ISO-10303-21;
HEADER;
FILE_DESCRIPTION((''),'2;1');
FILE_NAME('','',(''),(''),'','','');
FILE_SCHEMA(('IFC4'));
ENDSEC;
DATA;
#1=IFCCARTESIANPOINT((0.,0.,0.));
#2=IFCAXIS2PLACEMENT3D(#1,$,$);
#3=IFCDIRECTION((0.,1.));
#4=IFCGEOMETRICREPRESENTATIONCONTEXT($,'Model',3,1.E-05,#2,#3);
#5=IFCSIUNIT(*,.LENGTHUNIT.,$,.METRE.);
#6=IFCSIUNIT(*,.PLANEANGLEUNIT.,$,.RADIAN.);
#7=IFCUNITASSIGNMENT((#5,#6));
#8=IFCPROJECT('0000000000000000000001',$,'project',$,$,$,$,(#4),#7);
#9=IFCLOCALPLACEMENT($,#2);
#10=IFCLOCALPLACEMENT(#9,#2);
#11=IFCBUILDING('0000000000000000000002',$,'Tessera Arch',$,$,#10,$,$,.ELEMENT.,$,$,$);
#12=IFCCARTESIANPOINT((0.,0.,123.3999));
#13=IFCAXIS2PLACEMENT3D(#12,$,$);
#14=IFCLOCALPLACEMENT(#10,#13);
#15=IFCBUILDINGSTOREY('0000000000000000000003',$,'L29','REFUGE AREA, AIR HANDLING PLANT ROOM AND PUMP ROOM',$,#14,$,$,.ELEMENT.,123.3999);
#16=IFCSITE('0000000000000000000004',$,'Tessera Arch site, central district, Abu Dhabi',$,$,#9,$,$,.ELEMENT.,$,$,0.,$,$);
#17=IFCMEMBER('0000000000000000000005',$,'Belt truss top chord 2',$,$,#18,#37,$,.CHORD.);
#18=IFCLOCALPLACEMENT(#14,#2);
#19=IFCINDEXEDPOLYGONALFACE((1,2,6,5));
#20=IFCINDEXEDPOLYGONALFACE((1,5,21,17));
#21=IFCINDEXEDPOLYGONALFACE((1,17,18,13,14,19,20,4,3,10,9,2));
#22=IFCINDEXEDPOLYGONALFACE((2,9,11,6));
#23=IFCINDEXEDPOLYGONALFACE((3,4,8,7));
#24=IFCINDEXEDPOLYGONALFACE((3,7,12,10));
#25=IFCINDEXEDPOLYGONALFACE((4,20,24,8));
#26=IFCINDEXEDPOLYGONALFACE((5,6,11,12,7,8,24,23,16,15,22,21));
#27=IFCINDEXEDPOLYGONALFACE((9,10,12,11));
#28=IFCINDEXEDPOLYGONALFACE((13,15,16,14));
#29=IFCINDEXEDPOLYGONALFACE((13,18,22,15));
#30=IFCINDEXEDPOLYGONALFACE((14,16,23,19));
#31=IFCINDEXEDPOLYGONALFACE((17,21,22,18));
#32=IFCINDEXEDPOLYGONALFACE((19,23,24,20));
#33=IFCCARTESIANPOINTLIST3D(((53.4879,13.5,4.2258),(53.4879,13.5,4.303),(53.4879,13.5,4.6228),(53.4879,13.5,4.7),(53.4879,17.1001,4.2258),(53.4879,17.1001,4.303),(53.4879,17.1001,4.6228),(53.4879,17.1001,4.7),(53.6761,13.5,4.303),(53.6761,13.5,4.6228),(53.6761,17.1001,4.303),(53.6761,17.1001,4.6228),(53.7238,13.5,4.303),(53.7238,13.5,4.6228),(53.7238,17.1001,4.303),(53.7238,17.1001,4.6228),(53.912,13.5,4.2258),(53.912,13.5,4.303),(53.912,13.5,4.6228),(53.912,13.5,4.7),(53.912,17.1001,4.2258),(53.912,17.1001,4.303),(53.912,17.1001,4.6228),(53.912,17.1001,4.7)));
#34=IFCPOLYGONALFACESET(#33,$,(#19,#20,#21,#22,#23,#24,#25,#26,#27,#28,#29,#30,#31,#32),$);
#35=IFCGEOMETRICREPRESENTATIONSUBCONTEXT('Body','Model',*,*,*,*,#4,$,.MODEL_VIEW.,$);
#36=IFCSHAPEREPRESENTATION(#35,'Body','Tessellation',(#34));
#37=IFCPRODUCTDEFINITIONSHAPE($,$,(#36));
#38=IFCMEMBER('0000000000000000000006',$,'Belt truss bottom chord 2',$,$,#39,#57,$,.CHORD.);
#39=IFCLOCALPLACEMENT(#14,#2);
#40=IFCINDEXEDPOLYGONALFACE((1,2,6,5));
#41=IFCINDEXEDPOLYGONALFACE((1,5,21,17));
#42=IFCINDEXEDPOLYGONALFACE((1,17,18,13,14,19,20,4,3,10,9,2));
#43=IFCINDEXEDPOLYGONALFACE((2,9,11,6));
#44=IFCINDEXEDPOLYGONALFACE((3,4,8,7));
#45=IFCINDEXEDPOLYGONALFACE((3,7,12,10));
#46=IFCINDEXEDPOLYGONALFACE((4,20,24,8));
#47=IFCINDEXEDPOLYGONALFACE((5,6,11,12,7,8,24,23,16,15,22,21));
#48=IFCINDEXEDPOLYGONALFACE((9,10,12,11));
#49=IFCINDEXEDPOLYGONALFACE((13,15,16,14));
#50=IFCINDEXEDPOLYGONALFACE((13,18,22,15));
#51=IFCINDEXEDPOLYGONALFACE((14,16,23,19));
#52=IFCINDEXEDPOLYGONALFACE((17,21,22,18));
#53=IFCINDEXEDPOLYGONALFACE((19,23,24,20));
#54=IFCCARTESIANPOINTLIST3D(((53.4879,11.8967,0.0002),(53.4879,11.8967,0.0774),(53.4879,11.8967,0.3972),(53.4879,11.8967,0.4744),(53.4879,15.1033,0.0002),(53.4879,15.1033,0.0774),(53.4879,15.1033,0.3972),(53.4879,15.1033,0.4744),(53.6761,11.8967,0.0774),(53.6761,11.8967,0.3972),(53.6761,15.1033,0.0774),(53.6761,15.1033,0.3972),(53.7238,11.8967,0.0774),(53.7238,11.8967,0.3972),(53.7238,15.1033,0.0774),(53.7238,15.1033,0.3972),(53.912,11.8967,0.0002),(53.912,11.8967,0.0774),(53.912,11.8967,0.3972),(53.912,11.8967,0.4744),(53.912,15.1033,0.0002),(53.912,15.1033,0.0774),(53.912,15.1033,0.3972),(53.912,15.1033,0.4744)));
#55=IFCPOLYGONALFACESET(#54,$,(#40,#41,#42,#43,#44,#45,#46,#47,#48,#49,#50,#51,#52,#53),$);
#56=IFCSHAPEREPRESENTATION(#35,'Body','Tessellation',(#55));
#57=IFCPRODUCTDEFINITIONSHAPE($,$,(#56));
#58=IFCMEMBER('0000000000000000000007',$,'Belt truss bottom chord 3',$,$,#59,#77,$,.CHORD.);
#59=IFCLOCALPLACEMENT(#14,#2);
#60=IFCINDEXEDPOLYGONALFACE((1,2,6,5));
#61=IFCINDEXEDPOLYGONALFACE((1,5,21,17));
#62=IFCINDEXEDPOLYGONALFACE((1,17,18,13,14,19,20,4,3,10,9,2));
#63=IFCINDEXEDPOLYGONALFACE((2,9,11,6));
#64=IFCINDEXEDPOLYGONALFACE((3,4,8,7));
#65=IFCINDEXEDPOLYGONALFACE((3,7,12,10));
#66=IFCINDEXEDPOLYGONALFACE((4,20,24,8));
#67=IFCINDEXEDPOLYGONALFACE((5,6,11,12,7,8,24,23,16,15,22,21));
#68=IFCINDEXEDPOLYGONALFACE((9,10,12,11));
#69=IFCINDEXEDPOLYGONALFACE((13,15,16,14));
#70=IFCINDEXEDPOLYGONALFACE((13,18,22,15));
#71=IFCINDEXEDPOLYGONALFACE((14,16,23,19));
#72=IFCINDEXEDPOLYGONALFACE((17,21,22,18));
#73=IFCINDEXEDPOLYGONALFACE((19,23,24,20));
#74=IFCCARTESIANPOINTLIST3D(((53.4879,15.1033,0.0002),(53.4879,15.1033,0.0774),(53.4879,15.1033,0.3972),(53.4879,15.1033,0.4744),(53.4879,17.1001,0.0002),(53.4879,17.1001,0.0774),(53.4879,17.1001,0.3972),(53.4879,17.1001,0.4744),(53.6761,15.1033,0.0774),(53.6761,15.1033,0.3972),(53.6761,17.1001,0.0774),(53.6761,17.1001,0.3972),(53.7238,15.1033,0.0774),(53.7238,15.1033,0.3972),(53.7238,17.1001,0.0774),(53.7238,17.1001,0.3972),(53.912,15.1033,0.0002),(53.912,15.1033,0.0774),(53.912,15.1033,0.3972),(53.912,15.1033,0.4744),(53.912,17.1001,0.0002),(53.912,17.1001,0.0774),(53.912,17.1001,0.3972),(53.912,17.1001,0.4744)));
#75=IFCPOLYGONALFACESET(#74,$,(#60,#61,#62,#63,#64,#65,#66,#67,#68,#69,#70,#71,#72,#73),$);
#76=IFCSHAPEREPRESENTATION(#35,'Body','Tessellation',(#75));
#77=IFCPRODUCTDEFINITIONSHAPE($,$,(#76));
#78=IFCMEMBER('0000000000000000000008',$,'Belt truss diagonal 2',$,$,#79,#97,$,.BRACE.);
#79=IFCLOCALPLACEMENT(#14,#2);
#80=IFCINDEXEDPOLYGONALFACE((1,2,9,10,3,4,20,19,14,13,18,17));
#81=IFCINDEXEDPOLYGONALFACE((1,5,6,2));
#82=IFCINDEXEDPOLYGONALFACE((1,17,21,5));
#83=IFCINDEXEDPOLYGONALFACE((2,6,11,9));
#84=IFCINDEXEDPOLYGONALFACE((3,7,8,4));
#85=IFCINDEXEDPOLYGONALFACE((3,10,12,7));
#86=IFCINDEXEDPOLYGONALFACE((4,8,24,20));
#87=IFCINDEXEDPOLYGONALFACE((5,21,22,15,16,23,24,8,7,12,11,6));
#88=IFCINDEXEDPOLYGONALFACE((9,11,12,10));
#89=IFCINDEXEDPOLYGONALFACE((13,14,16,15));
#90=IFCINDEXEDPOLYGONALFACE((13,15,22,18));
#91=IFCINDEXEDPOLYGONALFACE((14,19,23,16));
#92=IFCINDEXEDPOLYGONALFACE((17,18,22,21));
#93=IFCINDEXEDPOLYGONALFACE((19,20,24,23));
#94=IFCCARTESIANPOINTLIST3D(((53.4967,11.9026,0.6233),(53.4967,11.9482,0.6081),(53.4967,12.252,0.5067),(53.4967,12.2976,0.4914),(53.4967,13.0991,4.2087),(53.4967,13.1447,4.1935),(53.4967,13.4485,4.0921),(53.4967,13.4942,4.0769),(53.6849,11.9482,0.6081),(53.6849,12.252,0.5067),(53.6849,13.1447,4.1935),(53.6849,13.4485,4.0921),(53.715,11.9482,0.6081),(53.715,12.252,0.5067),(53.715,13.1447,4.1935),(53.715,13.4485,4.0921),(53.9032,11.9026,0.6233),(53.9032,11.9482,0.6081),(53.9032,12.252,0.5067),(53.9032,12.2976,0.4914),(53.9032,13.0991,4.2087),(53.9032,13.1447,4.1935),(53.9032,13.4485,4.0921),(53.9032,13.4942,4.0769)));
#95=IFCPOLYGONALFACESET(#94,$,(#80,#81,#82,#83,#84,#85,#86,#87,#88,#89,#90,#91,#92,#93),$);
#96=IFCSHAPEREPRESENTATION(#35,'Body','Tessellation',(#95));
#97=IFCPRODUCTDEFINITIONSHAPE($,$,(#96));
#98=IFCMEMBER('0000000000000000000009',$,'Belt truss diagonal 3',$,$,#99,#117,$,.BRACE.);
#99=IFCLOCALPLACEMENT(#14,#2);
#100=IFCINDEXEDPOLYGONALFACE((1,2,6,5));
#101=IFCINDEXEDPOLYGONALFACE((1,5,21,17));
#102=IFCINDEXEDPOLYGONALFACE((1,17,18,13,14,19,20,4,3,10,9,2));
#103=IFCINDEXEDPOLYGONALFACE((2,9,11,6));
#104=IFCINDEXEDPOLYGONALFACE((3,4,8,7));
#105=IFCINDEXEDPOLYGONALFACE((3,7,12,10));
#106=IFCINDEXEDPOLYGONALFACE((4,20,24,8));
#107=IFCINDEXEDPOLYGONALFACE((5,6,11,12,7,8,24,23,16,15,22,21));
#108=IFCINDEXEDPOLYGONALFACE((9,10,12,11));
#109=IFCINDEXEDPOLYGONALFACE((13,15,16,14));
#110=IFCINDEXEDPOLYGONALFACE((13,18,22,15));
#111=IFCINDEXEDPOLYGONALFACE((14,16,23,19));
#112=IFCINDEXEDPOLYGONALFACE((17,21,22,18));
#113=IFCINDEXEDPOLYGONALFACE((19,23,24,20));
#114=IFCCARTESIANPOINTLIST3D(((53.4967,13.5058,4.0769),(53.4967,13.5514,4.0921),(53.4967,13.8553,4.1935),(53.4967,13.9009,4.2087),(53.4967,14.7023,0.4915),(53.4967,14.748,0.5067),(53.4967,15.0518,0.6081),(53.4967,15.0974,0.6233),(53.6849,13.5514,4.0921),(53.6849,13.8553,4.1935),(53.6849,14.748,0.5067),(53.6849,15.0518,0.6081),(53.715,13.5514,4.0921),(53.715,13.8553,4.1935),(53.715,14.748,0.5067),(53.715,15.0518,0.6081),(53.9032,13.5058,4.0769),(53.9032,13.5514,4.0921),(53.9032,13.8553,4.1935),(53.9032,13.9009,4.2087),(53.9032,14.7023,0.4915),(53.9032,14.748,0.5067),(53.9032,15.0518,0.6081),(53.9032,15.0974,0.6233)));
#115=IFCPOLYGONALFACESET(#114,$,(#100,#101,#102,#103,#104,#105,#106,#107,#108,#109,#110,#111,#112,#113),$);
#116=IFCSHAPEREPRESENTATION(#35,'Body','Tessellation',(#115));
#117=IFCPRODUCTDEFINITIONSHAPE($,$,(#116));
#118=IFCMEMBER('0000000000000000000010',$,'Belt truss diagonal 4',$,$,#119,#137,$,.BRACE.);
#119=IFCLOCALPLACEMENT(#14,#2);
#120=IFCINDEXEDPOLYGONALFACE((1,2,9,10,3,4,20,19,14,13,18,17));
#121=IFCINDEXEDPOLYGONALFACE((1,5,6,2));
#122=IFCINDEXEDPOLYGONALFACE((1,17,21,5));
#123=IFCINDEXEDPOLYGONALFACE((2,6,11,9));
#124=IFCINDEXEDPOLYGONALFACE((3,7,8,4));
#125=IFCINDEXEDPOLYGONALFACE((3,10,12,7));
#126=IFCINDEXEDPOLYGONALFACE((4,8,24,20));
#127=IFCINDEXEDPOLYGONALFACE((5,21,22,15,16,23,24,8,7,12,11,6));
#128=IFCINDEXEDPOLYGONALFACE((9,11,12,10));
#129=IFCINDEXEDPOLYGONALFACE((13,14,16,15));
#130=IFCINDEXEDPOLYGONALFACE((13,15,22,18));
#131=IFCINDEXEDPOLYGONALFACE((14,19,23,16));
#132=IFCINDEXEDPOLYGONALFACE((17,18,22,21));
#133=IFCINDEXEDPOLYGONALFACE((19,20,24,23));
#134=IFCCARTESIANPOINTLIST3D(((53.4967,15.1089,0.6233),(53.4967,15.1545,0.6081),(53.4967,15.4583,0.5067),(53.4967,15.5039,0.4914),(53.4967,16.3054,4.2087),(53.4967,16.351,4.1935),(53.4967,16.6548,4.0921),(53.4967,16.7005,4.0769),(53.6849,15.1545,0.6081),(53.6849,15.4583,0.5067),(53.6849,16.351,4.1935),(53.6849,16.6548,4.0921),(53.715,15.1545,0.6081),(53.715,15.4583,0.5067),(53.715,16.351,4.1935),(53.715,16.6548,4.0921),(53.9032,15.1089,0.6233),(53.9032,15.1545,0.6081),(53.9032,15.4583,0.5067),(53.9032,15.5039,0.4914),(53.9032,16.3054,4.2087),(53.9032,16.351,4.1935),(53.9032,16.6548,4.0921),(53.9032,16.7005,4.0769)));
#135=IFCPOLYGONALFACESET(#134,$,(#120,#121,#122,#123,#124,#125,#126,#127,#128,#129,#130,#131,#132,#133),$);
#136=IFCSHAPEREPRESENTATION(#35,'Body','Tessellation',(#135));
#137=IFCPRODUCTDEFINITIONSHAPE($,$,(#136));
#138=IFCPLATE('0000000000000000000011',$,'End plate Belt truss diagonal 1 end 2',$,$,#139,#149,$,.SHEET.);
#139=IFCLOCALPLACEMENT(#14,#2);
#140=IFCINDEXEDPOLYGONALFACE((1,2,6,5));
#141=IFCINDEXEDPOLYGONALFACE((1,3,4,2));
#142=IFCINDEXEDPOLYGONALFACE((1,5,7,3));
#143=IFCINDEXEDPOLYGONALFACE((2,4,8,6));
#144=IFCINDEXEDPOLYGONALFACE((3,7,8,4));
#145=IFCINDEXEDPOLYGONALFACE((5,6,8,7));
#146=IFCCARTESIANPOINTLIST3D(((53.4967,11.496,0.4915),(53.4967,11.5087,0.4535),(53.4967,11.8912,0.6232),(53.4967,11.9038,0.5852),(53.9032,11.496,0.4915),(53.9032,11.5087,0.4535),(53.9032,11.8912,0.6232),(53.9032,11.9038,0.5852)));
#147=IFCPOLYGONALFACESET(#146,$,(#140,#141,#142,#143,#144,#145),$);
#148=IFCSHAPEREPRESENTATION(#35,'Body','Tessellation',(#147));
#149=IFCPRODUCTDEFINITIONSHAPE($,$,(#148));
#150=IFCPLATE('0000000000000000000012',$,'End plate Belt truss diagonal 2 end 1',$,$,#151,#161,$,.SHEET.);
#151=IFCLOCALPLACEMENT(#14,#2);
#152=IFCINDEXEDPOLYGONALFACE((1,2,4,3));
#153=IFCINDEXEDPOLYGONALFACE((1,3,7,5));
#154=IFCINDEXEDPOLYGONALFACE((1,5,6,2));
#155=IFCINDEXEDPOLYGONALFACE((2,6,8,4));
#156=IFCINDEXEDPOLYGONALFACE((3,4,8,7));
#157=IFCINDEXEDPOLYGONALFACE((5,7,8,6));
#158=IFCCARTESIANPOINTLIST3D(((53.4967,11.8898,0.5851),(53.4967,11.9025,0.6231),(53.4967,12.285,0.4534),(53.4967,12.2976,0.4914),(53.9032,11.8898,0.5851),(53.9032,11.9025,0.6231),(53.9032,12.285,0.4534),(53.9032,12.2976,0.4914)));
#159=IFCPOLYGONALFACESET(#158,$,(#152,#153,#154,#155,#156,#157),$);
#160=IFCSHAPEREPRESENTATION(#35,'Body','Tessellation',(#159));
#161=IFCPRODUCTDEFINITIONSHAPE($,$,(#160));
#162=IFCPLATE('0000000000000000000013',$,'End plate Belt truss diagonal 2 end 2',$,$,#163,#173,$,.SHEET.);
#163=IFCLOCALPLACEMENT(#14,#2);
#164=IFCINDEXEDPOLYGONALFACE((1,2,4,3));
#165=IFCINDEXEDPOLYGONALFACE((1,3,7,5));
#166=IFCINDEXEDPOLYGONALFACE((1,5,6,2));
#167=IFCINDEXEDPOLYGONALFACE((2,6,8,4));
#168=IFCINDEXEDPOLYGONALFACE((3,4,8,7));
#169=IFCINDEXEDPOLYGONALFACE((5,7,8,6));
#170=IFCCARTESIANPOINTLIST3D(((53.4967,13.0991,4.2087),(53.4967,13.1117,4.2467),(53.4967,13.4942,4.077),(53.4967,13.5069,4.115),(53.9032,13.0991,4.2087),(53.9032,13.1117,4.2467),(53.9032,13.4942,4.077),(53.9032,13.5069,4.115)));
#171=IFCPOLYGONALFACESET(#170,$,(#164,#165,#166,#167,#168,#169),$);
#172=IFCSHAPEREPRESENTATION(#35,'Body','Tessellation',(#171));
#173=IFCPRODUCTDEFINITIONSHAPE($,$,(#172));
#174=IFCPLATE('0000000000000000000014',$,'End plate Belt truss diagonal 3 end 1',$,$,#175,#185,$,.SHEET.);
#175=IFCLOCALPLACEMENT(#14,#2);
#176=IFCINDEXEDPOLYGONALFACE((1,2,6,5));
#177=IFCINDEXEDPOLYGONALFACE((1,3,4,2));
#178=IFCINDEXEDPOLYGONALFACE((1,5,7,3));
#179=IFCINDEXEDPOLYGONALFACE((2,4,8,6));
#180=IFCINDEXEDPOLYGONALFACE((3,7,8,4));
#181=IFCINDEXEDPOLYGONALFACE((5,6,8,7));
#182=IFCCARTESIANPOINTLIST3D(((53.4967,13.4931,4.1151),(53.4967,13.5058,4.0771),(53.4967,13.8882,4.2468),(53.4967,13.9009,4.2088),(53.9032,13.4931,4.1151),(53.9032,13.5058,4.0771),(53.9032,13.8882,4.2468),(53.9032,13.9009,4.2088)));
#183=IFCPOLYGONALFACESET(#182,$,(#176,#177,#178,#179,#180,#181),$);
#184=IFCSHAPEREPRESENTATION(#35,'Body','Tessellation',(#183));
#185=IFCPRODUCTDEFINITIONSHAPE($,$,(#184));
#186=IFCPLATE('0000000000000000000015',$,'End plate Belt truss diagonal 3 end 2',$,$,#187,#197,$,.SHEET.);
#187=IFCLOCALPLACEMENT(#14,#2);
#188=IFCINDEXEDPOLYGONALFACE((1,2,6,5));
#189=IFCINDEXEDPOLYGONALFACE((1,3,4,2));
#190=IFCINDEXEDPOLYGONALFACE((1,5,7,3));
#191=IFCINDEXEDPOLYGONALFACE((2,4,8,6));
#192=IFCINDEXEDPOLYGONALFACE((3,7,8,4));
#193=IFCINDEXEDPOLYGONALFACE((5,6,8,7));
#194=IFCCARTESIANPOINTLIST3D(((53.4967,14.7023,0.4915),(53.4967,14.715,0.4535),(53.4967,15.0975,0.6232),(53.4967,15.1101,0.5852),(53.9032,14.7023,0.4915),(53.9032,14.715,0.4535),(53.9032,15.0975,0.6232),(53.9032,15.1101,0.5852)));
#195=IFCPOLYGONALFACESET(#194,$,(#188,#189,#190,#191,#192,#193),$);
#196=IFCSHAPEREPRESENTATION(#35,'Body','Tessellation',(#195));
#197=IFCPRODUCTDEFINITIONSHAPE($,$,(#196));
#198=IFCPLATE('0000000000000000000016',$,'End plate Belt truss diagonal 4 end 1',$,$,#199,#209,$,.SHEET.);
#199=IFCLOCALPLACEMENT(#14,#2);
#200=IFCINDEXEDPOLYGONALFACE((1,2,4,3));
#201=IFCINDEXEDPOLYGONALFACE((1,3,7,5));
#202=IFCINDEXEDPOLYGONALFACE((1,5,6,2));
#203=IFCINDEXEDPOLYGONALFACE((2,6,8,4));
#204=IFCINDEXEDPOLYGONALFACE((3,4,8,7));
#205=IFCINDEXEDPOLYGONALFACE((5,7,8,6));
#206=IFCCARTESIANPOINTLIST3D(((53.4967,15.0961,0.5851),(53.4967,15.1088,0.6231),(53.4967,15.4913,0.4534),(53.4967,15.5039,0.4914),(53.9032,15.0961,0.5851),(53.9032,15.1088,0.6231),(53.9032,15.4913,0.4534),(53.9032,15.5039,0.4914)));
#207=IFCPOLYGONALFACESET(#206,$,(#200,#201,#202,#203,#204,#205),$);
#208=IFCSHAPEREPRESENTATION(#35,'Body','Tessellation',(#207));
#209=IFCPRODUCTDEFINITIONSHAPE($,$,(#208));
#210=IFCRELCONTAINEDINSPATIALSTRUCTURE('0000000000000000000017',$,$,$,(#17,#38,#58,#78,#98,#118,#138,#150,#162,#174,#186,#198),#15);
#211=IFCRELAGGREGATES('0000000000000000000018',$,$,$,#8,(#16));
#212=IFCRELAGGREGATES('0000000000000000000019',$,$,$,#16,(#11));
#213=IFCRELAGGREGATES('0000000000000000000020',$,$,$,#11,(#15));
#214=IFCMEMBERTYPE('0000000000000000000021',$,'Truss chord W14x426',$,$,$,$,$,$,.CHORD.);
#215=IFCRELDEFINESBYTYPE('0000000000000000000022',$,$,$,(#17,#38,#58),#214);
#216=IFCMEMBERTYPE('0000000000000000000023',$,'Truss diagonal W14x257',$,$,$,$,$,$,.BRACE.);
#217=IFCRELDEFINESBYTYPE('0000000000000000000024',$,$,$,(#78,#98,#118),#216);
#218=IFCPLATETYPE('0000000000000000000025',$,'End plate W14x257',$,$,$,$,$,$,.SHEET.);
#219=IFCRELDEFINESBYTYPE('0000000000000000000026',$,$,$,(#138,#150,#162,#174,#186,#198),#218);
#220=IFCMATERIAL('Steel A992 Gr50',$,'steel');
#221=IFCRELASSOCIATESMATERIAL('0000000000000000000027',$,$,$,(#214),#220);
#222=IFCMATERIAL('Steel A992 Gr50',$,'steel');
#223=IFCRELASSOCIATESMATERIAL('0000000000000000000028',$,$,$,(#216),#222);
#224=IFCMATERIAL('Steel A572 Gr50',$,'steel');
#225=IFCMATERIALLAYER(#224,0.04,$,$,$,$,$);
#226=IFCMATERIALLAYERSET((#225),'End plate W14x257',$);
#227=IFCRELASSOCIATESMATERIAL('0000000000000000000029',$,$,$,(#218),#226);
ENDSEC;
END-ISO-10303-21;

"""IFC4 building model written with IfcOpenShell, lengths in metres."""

from ifc_helpers import new_model, si_unit, direction, frame, origin, origin_2d, place, context, subcontext, project, spatial, rectangle, i_section, extrude, material, layer, layer_set, material_profile, profile_set, type_object, element, save


model = new_model("IFC4")

# Units and contexts
model_context = context("Model", 3, precision=1e-05, world=origin(), true_north=direction((0.0, 1.0)))
body_context = subcontext(model_context, "Body", "Model", "MODEL_VIEW")
ifc_project = project(units=[si_unit("LENGTHUNIT", "METRE"), si_unit("PLANEANGLEUNIT", "RADIAN")], contexts=[model_context])

# Site, building, storey
site_placement = place(None, origin())
site = spatial("IfcSite", under=ifc_project, at=site_placement, Name="Tessera Arch site, central district, Abu Dhabi", CompositionType="ELEMENT", RefElevation=0.0)
building_placement = place(site_placement, origin())
building = spatial("IfcBuilding", under=site, at=building_placement, Name="Tessera Arch", CompositionType="ELEMENT")
storey_placement = place(building_placement, frame((0.0, 0.0, 123.3999)))
storey = spatial("IfcBuildingStorey", under=building, at=storey_placement, Name="L29", Description="REFUGE AREA, AIR HANDLING PLANT ROOM AND PUMP ROOM", CompositionType="ELEMENT", Elevation=123.3999)

# Members
ifc_material_1 = material(Name="Steel A992 Gr50", Category="steel")
ifc_material_profile_1 = material_profile(ifc_material_1, i_section(OverallWidth=0.4241, OverallDepth=0.4741, WebThickness=0.0476, FlangeThickness=0.0771, at=origin_2d()), Name="W14x426")
ifc_profile_set_1 = profile_set([ifc_material_profile_1], Name="Steel A992 Gr50")
member_type_1 = type_object("IfcMemberType", Name="Truss chord W14x426", PredefinedType="CHORD", material=ifc_profile_set_1)
member_1_placement = place(storey_placement, frame((53.7, 13.5, 4.4629), z_axis=(0.0, 1.0, 0.0), x_axis=(-1.0, 0.0, 0.0)))
element("IfcMember", 1, at=member_1_placement, inside=storey, type_object=member_type_1, Name="Belt truss top chord 2", PredefinedType="CHORD", context=body_context, shape_type="SweptSolid", body=[
    extrude(i_section(OverallWidth=0.4241, OverallDepth=0.4741, WebThickness=0.0476, FlangeThickness=0.0771, at=origin_2d()), origin(), (0.0, 0.0, 1.0), 3.6001),
])
member_2_placement = place(storey_placement, frame((53.7, 11.8967, 0.2373), z_axis=(0.0, 1.0, 0.0), x_axis=(-1.0, 0.0, 0.0)))
element("IfcMember", 2, at=member_2_placement, inside=storey, type_object=member_type_1, Name="Belt truss bottom chord 2", PredefinedType="CHORD", context=body_context, shape_type="SweptSolid", body=[
    extrude(i_section(OverallWidth=0.4241, OverallDepth=0.4741, WebThickness=0.0476, FlangeThickness=0.0771, at=origin_2d()), origin(), (0.0, 0.0, 1.0), 3.2065),
])
member_3_placement = place(storey_placement, frame((53.7, 15.1033, 0.2373), z_axis=(0.0, 1.0, 0.0), x_axis=(-1.0, 0.0, 0.0)))
element("IfcMember", 3, at=member_3_placement, inside=storey, type_object=member_type_1, Name="Belt truss bottom chord 3", PredefinedType="CHORD", context=body_context, shape_type="SweptSolid", body=[
    extrude(i_section(OverallWidth=0.4241, OverallDepth=0.4741, WebThickness=0.0476, FlangeThickness=0.0771, at=origin_2d()), origin(), (0.0, 0.0, 1.0), 1.9968),
])
ifc_material_2 = material(Name="Steel A992 Gr50", Category="steel")
ifc_material_profile_2 = material_profile(ifc_material_2, i_section(OverallWidth=0.4065, OverallDepth=0.4165, WebThickness=0.03, FlangeThickness=0.0481, at=origin_2d()), Name="W14x257")
ifc_profile_set_2 = profile_set([ifc_material_profile_2], Name="Steel A992 Gr50")
member_type_2 = type_object("IfcMemberType", Name="Truss diagonal W14x257", PredefinedType="BRACE", material=ifc_profile_set_2)
for number, where, z_axis, x_axis, name in (
    (4, (53.7, 12.1001, 0.5574), (0.0, 0.316557, 0.948573), (-1.0, 0.0, 0.0), "Belt truss diagonal 2"),
    (5, (53.7, 13.7034, 4.1428), (0.0, 0.316557, -0.948573), (-1.0, 0.0, 0.0), "Belt truss diagonal 3"),
    (6, (53.7, 15.3064, 0.5574), (0.0, 0.316557, 0.948573), (-1.0, 0.0, 0.0), "Belt truss diagonal 4"),
):
    element("IfcMember", number, at=place(storey_placement, frame(where, z_axis=z_axis, x_axis=x_axis)), inside=storey, type_object=member_type_2, Name=name, PredefinedType="BRACE", context=body_context, shape_type="SweptSolid", body=[
        extrude(i_section(OverallWidth=0.4065, OverallDepth=0.4165, WebThickness=0.03, FlangeThickness=0.0481, at=origin_2d()), origin(), (0.0, 0.0, 1.0), 3.7798),
    ])

# Plates
ifc_material_3 = material(Name="Steel A572 Gr50", Category="steel")
ifc_layer_1 = layer(ifc_material_3, 0.04)
ifc_layer_set_1 = layer_set([ifc_layer_1], Name="End plate W14x257")
plate_type = type_object("IfcPlateType", Name="End plate W14x257", PredefinedType="SHEET", material=ifc_layer_set_1)
for number, where, z_axis, x_axis, name in (
    (7, (53.7, 11.6936, 0.5574), (0.0, 0.316228, -0.948683), (-1.0, 0.0, 0.0), "End plate Belt truss diagonal 1 end 2"),
    (8, (53.7, 12.0874, 0.5193), (0.0, 0.316228, 0.948683), (-1.0, 0.0, 0.0), "End plate Belt truss diagonal 2 end 1"),
    (9, (53.7, 13.2966, 4.1428), (0.0, 0.316228, 0.948683), (-1.0, 0.0, 0.0), "End plate Belt truss diagonal 2 end 2"),
    (10, (53.7, 13.6907, 4.1809), (0.0, 0.316228, -0.948683), (-1.0, 0.0, 0.0), "End plate Belt truss diagonal 3 end 1"),
    (11, (53.7, 14.8999, 0.5574), (0.0, 0.316228, -0.948683), (-1.0, 0.0, 0.0), "End plate Belt truss diagonal 3 end 2"),
    (12, (53.7, 15.2937, 0.5193), (0.0, 0.316228, 0.948683), (-1.0, 0.0, 0.0), "End plate Belt truss diagonal 4 end 1"),
):
    element("IfcPlate", number, at=place(storey_placement, frame(where, z_axis=z_axis, x_axis=x_axis)), inside=storey, type_object=plate_type, Name=name, PredefinedType="SHEET", context=body_context, shape_type="SweptSolid", body=[
        extrude(rectangle(XDim=0.4065, YDim=0.4165, at=origin_2d()), origin(), (0.0, 0.0, 1.0), 0.04),
    ])

save(model, "model.ifc")
